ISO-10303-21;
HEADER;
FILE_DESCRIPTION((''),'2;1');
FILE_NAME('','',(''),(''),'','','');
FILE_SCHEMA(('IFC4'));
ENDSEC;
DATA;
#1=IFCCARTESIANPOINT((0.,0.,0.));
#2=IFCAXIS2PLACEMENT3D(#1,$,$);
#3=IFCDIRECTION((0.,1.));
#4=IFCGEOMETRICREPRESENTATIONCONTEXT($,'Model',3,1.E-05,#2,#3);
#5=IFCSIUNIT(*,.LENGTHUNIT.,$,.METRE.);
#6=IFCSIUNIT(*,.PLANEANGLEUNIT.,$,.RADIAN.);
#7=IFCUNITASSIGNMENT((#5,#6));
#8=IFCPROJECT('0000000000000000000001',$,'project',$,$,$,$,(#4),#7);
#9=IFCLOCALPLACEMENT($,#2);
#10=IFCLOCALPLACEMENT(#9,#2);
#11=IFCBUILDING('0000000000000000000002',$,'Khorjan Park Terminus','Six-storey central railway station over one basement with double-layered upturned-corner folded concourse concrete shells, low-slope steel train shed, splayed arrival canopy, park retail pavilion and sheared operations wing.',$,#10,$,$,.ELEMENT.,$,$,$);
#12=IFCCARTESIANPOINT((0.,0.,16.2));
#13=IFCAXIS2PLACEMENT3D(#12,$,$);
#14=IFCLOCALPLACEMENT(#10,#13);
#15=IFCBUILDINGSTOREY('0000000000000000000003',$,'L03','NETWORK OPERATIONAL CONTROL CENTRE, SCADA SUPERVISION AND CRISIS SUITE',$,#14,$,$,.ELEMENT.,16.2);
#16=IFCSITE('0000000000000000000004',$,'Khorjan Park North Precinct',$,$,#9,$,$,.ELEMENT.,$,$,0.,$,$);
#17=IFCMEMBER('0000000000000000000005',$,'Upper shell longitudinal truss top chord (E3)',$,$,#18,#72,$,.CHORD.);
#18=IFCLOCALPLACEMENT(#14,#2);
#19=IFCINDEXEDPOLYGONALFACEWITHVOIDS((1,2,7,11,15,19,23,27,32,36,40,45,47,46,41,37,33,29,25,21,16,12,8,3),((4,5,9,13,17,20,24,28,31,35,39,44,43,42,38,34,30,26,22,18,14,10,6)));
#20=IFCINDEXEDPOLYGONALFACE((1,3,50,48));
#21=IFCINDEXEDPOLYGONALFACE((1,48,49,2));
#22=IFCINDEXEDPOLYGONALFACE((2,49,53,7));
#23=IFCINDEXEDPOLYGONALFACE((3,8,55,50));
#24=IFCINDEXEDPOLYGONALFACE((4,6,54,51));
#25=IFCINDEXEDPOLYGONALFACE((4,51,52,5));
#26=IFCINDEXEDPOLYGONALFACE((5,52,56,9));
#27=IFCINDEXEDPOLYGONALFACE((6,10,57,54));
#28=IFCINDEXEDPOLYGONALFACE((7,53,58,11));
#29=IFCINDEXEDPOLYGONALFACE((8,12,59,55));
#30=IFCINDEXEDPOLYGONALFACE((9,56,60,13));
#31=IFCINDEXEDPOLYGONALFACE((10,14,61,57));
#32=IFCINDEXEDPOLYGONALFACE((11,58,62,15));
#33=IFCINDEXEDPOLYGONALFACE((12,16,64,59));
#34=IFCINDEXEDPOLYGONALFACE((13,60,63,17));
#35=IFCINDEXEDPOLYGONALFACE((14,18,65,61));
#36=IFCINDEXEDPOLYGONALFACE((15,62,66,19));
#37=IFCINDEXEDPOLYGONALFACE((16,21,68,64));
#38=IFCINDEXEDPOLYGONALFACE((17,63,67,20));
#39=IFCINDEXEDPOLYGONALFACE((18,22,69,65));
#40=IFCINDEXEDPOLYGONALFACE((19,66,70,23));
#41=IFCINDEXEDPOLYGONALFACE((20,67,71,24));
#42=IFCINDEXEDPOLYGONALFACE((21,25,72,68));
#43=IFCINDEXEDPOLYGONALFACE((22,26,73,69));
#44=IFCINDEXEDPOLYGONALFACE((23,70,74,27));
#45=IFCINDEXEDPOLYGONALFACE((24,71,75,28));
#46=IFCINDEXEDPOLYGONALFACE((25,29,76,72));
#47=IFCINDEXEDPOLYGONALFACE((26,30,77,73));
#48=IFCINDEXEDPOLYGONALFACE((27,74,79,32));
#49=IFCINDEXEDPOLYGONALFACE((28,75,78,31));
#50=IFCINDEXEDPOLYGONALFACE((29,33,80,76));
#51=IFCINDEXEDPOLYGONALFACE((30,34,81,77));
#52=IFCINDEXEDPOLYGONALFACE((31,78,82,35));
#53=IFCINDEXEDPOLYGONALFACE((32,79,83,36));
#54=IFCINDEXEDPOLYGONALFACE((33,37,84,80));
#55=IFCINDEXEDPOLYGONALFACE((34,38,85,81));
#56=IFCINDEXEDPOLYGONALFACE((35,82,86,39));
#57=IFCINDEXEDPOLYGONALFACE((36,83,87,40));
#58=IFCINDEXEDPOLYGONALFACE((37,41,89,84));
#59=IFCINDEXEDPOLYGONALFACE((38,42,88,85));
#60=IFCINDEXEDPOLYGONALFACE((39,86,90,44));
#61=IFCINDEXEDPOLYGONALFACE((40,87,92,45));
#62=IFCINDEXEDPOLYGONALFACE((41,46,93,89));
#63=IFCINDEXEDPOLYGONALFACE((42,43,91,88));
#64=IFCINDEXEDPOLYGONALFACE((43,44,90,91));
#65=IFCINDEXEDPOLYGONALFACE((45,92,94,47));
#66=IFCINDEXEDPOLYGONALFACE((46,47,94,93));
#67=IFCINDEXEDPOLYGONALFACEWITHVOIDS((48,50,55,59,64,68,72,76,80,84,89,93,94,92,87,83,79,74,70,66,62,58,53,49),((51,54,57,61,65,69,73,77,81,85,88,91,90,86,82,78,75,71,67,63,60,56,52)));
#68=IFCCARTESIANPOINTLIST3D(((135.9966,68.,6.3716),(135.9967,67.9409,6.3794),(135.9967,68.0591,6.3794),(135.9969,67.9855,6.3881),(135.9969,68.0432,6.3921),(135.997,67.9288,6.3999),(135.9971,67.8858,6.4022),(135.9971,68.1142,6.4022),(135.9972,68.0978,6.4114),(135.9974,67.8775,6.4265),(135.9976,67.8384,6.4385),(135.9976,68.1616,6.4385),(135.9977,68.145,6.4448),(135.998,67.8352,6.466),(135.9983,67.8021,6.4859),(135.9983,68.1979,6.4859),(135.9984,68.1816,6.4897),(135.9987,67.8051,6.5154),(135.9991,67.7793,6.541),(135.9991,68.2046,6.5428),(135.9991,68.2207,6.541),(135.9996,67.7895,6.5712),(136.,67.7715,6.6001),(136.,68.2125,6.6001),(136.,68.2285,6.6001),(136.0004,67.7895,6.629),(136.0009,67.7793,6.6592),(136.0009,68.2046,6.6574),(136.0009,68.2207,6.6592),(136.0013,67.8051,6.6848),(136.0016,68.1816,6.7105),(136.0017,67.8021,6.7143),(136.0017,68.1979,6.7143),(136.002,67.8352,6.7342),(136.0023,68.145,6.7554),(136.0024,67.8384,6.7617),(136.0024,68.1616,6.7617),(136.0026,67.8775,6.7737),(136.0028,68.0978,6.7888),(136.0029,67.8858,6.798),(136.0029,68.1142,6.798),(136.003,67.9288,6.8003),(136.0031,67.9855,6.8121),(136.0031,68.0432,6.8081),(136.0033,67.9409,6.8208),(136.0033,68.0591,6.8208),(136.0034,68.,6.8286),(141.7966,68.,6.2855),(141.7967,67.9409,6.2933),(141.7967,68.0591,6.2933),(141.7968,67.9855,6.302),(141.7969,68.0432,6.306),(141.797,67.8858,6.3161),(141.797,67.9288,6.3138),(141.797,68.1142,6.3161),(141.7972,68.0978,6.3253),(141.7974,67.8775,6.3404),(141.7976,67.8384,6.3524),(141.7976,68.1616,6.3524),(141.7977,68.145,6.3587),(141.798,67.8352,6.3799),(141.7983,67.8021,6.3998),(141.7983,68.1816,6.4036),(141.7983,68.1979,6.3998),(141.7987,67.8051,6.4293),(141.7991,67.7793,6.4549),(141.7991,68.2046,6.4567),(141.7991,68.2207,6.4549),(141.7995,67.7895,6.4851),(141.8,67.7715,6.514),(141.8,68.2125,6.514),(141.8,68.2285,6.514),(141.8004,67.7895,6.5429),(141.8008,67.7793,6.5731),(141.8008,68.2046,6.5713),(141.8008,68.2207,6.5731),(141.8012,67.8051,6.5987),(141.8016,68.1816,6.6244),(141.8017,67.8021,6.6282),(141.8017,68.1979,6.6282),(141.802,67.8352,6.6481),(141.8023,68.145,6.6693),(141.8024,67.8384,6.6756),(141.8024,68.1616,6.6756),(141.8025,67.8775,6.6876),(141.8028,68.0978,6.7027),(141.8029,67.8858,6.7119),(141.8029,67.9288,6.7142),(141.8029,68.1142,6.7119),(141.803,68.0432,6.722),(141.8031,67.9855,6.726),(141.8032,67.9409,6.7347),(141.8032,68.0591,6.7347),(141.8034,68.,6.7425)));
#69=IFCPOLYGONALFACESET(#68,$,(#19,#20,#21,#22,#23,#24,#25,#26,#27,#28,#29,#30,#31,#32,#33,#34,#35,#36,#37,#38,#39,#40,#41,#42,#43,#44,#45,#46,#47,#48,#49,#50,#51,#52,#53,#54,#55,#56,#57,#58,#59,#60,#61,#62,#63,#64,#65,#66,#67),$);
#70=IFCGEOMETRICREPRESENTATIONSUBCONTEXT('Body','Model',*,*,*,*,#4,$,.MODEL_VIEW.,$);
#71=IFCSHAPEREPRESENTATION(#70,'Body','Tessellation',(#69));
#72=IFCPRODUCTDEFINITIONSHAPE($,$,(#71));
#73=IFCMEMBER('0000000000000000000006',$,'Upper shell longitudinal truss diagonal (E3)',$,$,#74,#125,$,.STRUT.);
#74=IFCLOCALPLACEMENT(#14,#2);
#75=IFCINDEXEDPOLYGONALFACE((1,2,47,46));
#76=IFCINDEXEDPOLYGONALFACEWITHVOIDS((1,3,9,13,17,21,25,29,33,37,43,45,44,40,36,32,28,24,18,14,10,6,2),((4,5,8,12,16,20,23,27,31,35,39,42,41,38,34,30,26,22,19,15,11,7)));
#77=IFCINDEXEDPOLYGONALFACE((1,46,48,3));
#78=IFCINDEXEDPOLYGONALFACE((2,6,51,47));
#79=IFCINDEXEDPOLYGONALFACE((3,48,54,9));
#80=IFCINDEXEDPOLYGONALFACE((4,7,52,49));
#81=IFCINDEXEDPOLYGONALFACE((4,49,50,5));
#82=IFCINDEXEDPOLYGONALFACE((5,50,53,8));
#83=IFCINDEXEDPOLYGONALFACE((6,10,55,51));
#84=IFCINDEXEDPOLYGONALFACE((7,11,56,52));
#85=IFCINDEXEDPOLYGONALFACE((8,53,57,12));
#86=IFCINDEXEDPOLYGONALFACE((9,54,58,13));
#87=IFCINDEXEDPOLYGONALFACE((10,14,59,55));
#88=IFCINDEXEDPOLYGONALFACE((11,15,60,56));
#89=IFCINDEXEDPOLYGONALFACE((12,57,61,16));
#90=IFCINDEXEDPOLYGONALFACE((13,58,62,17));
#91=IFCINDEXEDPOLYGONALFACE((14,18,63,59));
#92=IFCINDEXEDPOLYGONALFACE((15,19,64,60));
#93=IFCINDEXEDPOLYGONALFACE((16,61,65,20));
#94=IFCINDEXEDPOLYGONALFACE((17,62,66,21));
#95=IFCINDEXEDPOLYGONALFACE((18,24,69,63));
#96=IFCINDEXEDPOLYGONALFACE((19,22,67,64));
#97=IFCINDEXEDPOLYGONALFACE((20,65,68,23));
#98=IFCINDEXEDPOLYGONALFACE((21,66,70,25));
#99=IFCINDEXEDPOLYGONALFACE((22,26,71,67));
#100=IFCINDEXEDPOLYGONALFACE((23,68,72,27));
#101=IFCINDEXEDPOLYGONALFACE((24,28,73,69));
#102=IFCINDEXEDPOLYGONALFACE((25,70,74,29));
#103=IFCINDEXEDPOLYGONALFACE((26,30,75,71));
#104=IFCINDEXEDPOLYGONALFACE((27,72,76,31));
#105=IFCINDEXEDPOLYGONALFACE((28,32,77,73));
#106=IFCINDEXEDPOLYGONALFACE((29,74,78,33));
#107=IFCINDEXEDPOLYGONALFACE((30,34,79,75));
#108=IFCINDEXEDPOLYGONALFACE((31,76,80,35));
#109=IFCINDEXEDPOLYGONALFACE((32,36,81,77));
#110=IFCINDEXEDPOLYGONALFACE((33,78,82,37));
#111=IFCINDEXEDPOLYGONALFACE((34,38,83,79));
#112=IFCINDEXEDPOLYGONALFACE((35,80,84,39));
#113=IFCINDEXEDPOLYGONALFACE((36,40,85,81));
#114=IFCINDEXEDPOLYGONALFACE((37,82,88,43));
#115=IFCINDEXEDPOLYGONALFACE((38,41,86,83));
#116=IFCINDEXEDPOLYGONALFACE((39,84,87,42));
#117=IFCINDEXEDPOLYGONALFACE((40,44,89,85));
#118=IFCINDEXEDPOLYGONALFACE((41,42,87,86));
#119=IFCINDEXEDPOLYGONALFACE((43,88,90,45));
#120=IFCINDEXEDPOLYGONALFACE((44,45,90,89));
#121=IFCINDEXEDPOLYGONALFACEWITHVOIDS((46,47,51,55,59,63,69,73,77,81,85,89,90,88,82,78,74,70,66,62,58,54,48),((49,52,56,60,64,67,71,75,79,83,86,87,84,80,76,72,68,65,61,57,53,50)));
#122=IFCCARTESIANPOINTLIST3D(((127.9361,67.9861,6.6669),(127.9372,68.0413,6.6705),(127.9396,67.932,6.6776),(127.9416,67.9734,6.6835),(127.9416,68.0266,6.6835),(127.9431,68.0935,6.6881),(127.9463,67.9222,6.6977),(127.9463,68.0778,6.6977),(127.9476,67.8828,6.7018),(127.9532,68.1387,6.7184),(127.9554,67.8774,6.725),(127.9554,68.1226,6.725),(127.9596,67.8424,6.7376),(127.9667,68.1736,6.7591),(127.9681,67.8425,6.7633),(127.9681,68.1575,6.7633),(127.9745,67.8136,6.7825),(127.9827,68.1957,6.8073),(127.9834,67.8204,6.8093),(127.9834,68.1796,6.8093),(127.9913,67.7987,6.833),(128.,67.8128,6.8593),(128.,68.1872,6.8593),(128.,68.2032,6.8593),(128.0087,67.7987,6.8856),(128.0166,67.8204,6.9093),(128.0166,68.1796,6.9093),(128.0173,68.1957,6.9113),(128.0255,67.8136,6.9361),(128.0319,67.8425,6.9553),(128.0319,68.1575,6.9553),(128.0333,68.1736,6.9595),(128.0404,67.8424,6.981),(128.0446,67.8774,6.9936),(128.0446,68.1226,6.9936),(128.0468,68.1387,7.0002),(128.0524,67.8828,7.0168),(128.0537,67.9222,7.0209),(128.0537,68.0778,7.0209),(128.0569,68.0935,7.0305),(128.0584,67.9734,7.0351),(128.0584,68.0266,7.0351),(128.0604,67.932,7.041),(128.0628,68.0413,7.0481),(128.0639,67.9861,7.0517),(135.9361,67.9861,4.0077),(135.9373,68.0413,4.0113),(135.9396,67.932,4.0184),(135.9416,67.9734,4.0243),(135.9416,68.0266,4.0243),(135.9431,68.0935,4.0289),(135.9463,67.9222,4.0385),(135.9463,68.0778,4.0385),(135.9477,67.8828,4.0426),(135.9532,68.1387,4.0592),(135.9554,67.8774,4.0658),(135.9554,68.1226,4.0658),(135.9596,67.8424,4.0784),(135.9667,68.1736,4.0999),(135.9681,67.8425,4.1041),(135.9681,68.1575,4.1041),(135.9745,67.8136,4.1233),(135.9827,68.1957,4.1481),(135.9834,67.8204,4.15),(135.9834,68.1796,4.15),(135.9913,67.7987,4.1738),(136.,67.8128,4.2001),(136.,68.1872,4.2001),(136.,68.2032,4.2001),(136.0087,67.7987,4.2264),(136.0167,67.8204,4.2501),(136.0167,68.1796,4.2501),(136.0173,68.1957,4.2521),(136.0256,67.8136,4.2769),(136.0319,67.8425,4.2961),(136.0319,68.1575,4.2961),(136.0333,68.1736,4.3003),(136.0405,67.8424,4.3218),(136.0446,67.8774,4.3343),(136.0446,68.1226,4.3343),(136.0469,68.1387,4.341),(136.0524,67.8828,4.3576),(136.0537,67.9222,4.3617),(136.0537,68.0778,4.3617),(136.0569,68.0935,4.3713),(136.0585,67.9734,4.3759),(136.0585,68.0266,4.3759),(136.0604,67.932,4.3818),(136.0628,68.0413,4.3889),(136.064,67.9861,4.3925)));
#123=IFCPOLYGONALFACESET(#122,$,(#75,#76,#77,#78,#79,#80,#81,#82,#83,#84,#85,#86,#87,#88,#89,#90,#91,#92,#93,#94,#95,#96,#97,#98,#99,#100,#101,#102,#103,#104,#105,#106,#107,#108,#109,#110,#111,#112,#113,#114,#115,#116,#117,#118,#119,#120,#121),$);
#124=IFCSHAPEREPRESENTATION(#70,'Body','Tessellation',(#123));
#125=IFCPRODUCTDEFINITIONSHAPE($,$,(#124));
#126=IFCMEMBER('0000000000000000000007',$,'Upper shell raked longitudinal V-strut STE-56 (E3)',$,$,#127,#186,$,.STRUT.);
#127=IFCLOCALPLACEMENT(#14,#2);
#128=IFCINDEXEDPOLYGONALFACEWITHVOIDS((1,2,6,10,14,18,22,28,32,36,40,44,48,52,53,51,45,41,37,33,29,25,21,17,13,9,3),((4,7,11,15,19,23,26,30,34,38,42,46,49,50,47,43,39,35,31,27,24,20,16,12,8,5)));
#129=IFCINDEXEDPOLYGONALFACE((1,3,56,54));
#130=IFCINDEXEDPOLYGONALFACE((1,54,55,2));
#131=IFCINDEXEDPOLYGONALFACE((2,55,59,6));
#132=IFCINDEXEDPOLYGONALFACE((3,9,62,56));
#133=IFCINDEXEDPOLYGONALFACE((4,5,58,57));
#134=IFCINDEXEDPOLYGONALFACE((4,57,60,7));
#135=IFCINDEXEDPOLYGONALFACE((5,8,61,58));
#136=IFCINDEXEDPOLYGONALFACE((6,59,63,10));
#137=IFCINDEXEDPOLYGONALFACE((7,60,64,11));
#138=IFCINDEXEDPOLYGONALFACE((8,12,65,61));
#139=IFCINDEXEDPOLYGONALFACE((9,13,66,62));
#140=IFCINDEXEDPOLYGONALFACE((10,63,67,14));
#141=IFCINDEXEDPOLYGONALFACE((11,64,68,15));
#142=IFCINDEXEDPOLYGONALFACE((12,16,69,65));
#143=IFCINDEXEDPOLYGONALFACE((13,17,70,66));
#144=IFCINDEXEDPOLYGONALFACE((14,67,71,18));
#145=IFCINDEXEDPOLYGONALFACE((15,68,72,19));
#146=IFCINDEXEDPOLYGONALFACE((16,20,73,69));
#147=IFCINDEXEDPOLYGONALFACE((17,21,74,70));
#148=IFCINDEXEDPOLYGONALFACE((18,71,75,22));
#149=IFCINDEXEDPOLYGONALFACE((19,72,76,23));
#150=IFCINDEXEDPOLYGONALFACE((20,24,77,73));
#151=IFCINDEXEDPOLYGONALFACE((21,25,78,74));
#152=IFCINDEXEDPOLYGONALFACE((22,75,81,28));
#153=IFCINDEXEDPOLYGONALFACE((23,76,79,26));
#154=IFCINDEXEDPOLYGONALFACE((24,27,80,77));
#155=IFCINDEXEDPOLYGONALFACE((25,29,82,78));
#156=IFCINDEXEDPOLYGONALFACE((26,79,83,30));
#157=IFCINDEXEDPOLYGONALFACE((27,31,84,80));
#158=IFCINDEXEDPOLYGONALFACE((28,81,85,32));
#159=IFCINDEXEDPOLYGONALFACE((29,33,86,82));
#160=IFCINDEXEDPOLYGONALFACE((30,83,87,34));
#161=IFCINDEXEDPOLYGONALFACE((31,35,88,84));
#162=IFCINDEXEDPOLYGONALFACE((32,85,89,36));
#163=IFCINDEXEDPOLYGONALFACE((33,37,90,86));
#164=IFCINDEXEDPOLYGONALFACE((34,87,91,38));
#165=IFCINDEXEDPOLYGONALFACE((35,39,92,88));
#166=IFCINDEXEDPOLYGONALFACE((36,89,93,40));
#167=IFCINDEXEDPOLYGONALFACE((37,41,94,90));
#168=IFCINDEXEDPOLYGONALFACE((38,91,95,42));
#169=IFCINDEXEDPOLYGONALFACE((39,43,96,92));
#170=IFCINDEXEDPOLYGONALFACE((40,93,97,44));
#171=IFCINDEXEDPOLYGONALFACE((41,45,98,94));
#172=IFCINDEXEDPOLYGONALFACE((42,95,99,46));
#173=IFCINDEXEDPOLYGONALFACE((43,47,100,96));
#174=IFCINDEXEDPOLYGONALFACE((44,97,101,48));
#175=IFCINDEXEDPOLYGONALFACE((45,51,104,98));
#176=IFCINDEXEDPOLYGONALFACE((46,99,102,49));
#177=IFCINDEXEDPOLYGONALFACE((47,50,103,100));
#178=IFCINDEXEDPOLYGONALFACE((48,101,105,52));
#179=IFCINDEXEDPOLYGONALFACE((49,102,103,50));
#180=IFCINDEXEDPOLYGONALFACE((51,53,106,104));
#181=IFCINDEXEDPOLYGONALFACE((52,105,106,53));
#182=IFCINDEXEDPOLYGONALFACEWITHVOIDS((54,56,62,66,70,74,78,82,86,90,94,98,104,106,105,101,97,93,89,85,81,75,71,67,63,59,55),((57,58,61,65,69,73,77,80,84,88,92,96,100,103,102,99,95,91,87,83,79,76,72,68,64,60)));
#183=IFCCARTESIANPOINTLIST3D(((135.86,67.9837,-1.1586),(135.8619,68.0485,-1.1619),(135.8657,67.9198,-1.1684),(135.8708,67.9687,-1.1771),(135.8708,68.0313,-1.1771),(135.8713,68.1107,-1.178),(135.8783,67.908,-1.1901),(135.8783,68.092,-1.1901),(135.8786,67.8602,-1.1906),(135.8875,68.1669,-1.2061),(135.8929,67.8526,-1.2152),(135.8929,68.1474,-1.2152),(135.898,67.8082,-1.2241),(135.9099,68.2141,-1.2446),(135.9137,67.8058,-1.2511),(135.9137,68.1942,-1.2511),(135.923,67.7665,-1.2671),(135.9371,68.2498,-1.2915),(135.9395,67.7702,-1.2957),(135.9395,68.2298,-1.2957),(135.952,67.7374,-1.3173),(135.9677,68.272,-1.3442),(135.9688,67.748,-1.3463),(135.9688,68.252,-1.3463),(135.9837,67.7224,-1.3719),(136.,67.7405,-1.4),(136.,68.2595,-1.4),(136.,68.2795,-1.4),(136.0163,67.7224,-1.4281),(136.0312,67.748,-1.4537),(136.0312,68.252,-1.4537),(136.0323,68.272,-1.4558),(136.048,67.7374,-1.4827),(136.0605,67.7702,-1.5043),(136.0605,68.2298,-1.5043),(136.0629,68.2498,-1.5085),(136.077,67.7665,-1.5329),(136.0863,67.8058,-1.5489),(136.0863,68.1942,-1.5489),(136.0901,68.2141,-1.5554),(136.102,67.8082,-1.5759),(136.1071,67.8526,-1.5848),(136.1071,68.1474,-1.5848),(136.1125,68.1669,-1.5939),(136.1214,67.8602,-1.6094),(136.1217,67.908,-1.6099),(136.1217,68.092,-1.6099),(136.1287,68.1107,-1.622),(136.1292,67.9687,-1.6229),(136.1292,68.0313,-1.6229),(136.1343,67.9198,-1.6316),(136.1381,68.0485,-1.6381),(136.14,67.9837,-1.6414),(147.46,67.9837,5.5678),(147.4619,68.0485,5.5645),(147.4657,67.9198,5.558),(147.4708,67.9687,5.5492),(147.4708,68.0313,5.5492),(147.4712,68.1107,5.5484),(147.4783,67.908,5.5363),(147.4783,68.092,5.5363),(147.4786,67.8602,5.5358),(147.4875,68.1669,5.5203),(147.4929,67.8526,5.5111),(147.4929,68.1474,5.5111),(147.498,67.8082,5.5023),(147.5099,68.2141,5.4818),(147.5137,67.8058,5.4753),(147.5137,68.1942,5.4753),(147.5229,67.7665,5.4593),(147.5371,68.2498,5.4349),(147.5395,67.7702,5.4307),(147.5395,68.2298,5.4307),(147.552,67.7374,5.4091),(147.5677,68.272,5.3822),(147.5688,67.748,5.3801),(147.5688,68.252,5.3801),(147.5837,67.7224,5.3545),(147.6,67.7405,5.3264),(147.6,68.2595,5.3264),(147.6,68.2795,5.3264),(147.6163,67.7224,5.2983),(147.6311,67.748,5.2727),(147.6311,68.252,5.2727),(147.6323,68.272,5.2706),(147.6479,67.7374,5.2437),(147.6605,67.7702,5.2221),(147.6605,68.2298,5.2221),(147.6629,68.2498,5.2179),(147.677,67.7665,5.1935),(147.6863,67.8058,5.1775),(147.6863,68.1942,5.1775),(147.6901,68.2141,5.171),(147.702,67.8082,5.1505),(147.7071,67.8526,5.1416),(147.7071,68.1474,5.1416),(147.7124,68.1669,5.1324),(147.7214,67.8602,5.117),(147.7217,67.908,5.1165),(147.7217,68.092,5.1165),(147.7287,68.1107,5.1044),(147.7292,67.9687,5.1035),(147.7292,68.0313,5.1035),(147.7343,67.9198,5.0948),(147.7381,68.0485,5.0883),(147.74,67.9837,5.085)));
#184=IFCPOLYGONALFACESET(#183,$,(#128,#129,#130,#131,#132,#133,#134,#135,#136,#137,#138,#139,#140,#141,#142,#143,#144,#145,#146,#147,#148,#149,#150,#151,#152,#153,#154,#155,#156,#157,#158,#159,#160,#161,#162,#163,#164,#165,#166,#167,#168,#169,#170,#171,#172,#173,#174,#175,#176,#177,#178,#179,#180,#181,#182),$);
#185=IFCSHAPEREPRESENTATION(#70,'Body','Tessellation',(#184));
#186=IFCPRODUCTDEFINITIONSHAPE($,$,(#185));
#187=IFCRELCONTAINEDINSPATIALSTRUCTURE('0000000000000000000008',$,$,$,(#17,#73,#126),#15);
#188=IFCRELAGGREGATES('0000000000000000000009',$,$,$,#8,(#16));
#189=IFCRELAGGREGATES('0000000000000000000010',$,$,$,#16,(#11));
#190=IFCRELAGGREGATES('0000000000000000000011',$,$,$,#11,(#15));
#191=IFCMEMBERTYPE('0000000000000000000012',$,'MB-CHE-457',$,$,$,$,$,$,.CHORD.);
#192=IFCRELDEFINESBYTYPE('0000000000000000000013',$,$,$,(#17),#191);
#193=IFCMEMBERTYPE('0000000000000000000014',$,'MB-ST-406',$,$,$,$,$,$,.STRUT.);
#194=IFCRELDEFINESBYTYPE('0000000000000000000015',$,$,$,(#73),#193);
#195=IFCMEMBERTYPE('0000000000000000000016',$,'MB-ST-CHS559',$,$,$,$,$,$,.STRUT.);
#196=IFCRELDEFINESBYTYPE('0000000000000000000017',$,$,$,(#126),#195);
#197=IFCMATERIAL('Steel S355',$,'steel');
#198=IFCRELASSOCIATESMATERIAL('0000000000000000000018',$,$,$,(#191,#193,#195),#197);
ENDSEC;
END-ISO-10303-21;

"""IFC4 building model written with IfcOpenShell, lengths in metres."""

from ifc_helpers import new_model, si_unit, direction, frame, origin, origin_2d, place, context, subcontext, project, spatial, hollow_circle, extrude, material, material_profile, profile_set, type_object, element, save


model = new_model("IFC4")

# Units and contexts
model_context = context("Model", 3, precision=1e-05, world=origin(), true_north=direction((0.0, 1.0)))
body_context = subcontext(model_context, "Body", "Model", "MODEL_VIEW")
ifc_project = project(units=[si_unit("LENGTHUNIT", "METRE"), si_unit("PLANEANGLEUNIT", "RADIAN")], contexts=[model_context])

# Site, building, storey
site_placement = place(None, origin())
site = spatial("IfcSite", under=ifc_project, at=site_placement, Name="Khorjan Park North Precinct", CompositionType="ELEMENT", RefElevation=0.0)
building_placement = place(site_placement, origin())
building = spatial("IfcBuilding", under=site, at=building_placement, Name="Khorjan Park Terminus", Description="Six-storey central railway station over one basement with double-layered upturned-corner folded concourse concrete shells, low-slope steel train shed, splayed arrival canopy, park retail pavilion and sheared operations wing.", CompositionType="ELEMENT")
storey_placement = place(building_placement, frame((0.0, 0.0, 16.2)))
storey = spatial("IfcBuildingStorey", under=building, at=storey_placement, Name="L03", Description="NETWORK OPERATIONAL CONTROL CENTRE, SCADA SUPERVISION AND CRISIS SUITE", CompositionType="ELEMENT", Elevation=16.2)

# Members
ifc_material_1 = material(Name="Steel S355", Category="steel")
ifc_material_profile_1 = material_profile(ifc_material_1, hollow_circle(Radius=0.2285, WallThickness=0.016, at=origin_2d()), Name="CHS 457x16")
ifc_profile_set_1 = profile_set([ifc_material_profile_1], Name="Steel S355")
member_type_1 = type_object("IfcMemberType", Name="MB-CHE-457", PredefinedType="CHORD", material=ifc_profile_set_1)
member_1_placement = place(storey_placement, frame((136.0, 68.0, 6.6001), z_axis=(0.99989, 0.0, -0.014843), x_axis=(0.0, 1.0, 0.0)))
element("IfcMember", 1, at=member_1_placement, inside=storey, type_object=member_type_1, Name="Upper shell longitudinal truss top chord (E3)", PredefinedType="CHORD", context=body_context, shape_type="SweptSolid", body=[
    extrude(hollow_circle(Radius=0.2285, WallThickness=0.016, at=origin_2d()), origin(), (0.0, 0.0, 1.0), 5.8006),
])
ifc_material_profile_2 = material_profile(ifc_material_1, hollow_circle(Radius=0.2032, WallThickness=0.016, at=origin_2d()), Name="CHS 406.4x16")
ifc_profile_set_2 = profile_set([ifc_material_profile_2], Name="Steel S355")
member_type_2 = type_object("IfcMemberType", Name="MB-ST-406", PredefinedType="STRUT", material=ifc_profile_set_2)
member_2_placement = place(storey_placement, frame((128.0, 68.0, 6.8593), z_axis=(0.948949, 0.0, -0.315431), x_axis=(0.0, 1.0, 0.0)))
element("IfcMember", 2, at=member_2_placement, inside=storey, type_object=member_type_2, Name="Upper shell longitudinal truss diagonal (E3)", PredefinedType="STRUT", context=body_context, shape_type="SweptSolid", body=[
    extrude(hollow_circle(Radius=0.2032, WallThickness=0.016, at=origin_2d()), origin(), (0.0, 0.0, 1.0), 8.4304),
])
ifc_material_profile_3 = material_profile(ifc_material_1, hollow_circle(Radius=0.2795, WallThickness=0.02, at=origin_2d()), Name="CHS 559x20")
ifc_profile_set_3 = profile_set([ifc_material_profile_3], Name="Steel S355")
member_type_3 = type_object("IfcMemberType", Name="MB-ST-CHS559", PredefinedType="STRUT", material=ifc_profile_set_3)
member_3_placement = place(storey_placement, frame((136.0, 68.0, -1.4), z_axis=(0.865083, 0.0, 0.501629), x_axis=(0.0, 1.0, 0.0)))
element("IfcMember", 3, at=member_3_placement, inside=storey, type_object=member_type_3, Name="Upper shell raked longitudinal V-strut STE-56 (E3)", PredefinedType="STRUT", context=body_context, shape_type="SweptSolid", body=[
    extrude(hollow_circle(Radius=0.2795, WallThickness=0.02, at=origin_2d()), origin(), (0.0, 0.0, 1.0), 13.4091),
])

save(model, "model.ifc")
